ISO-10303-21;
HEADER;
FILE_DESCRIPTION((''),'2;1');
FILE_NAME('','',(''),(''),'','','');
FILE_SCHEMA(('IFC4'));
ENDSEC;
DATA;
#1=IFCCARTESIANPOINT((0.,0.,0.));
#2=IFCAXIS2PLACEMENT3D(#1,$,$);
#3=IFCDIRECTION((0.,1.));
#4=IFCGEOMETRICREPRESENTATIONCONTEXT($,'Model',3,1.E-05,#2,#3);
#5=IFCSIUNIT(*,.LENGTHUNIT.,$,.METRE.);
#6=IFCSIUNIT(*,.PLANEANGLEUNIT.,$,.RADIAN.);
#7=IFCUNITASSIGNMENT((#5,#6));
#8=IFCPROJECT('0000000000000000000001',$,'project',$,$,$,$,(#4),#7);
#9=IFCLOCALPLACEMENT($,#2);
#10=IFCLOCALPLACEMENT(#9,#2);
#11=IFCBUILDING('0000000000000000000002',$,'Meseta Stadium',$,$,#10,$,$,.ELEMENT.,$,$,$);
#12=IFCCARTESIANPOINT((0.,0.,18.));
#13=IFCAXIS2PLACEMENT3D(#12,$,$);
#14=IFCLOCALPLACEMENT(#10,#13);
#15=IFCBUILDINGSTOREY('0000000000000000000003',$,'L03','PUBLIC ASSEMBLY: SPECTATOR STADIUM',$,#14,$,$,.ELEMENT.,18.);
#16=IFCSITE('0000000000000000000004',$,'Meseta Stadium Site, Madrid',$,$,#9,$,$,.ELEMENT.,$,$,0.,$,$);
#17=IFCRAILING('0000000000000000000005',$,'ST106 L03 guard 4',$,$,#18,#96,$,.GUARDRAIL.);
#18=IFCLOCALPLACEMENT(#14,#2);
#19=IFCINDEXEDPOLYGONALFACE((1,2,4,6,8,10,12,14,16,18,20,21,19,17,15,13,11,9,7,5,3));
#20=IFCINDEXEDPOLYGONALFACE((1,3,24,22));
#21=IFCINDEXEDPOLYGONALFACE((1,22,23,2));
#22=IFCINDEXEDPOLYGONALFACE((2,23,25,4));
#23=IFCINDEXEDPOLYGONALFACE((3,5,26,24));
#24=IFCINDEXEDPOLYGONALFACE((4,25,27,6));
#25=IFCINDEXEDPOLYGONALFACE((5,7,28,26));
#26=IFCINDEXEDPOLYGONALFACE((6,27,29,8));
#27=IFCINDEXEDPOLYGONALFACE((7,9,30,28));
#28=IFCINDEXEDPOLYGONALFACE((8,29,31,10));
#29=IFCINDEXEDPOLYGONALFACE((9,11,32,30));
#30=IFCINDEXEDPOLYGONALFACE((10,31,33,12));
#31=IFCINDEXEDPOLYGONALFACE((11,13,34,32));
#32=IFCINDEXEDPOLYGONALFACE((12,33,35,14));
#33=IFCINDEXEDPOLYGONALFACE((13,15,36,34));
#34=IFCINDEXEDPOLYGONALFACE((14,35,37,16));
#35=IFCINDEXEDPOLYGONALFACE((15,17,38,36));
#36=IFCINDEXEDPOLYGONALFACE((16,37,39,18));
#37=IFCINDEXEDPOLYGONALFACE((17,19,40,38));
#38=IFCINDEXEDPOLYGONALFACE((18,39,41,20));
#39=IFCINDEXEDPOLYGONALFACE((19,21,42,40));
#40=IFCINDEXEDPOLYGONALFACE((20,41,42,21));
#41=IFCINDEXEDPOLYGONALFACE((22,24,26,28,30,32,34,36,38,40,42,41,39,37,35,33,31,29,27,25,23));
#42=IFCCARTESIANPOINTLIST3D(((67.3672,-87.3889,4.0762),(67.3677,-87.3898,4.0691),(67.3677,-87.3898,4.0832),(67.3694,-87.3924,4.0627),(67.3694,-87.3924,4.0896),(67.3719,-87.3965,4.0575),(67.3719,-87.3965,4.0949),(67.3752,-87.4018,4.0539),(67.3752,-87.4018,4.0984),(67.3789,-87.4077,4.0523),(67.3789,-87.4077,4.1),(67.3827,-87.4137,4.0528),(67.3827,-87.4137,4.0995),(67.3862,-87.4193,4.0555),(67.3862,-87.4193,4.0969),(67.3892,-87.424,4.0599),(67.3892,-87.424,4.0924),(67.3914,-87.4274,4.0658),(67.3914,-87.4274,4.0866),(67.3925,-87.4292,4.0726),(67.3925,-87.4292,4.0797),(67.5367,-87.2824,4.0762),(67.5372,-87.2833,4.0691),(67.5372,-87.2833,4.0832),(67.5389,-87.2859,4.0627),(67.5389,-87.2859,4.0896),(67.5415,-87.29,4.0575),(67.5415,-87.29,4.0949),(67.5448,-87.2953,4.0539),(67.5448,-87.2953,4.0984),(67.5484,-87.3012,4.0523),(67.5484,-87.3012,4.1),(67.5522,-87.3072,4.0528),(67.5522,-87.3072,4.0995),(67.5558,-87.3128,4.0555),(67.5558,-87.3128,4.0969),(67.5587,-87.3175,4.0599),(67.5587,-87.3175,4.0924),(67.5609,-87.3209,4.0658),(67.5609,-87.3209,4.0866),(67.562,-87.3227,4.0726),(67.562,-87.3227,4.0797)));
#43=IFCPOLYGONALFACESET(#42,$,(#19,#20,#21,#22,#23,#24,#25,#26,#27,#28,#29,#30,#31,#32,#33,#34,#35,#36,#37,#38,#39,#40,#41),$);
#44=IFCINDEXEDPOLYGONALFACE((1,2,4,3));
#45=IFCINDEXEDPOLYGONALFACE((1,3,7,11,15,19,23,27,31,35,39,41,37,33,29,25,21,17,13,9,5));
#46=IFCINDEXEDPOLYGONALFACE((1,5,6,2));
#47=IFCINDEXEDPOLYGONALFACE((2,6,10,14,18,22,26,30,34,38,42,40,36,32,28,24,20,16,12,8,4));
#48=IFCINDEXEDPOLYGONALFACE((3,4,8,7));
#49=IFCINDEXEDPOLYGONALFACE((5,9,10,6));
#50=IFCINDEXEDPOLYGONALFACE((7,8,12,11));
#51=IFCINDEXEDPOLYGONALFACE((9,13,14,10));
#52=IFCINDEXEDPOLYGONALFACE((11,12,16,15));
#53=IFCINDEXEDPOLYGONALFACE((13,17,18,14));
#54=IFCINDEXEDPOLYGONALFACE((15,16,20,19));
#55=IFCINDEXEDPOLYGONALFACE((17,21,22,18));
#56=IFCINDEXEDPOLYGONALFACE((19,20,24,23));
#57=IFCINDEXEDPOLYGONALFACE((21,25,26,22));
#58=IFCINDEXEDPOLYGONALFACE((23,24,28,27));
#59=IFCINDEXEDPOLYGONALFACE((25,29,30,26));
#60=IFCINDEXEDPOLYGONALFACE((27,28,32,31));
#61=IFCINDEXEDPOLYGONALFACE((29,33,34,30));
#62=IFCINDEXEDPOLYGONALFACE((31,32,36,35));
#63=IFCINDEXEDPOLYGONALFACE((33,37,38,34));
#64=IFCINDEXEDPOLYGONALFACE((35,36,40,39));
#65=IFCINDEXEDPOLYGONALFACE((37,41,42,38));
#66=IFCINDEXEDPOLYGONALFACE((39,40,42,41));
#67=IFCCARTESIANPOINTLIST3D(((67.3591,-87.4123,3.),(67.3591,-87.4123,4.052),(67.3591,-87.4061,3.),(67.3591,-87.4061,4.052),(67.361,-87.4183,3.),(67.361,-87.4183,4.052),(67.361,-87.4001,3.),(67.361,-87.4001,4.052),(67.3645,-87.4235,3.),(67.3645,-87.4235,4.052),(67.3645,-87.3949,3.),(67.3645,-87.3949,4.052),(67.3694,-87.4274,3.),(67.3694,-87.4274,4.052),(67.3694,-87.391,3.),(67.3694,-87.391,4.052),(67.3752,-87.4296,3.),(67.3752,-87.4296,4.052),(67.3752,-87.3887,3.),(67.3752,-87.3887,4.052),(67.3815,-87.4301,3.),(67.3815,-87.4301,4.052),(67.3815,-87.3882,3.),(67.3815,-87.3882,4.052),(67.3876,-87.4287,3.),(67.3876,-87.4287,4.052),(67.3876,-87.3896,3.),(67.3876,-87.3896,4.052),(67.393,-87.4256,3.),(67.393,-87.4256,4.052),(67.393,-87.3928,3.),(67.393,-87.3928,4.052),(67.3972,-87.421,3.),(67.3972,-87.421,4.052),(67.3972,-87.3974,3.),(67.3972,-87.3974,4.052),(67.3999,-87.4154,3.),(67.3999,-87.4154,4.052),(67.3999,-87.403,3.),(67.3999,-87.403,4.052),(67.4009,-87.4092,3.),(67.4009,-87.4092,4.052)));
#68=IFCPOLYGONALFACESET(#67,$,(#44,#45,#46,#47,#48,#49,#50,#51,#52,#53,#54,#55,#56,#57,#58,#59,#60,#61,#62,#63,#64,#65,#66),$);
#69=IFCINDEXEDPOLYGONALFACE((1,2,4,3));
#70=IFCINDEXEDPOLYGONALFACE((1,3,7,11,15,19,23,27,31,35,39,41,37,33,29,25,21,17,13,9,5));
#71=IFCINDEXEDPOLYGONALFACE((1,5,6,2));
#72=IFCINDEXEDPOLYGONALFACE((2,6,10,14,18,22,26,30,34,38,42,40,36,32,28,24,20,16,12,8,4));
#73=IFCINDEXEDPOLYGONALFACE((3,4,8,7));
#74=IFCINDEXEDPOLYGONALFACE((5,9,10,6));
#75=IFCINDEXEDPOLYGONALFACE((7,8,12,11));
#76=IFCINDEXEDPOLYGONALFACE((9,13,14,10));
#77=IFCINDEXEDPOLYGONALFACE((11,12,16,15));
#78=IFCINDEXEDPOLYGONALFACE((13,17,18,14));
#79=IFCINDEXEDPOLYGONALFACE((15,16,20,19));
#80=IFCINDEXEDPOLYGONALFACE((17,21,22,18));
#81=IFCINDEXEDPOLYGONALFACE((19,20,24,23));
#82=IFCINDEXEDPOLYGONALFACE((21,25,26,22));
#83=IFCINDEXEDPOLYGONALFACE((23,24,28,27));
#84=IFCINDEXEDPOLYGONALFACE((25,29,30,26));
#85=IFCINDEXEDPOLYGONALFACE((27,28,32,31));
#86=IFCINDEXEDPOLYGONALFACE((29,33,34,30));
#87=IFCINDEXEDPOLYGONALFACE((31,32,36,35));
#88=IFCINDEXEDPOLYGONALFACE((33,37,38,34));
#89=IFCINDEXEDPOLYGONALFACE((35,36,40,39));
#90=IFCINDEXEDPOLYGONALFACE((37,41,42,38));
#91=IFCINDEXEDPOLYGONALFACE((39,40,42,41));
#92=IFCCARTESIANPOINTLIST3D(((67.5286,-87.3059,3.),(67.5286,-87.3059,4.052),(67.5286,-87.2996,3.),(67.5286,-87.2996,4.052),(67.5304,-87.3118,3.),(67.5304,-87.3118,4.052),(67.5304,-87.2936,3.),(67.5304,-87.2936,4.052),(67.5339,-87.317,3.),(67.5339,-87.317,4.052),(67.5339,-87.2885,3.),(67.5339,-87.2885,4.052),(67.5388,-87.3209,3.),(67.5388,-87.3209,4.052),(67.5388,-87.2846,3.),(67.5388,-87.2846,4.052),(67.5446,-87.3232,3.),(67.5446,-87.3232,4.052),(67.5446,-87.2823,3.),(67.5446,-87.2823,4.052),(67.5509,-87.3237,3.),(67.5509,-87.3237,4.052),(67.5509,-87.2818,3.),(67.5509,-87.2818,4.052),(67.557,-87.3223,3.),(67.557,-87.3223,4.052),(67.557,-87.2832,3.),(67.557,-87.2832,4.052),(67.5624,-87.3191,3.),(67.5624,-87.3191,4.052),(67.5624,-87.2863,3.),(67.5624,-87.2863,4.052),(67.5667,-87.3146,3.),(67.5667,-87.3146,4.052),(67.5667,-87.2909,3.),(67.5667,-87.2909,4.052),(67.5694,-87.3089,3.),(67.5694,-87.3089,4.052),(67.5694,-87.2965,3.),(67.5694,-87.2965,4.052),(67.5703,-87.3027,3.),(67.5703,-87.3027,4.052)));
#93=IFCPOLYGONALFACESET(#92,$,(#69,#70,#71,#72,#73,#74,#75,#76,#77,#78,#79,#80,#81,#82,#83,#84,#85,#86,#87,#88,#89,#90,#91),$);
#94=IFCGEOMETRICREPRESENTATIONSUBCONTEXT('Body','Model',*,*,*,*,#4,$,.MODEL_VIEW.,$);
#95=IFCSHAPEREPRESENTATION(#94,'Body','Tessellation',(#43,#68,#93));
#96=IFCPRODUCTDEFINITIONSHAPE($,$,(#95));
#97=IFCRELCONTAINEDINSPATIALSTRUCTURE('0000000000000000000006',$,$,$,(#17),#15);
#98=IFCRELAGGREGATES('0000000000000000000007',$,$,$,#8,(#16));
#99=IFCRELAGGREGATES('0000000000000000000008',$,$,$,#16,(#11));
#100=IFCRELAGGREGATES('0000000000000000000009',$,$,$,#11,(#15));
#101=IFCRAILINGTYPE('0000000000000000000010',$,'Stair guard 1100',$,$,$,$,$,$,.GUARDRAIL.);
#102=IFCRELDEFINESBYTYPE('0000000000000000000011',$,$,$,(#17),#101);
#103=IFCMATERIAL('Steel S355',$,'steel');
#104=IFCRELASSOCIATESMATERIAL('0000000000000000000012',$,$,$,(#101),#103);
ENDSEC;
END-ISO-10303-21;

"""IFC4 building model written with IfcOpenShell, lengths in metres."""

from ifc_helpers import new_model, si_unit, direction, frame, origin, origin_2d, place, context, subcontext, project, spatial, circle, extrude, material, type_object, element, save


model = new_model("IFC4")

# Units and contexts
model_context = context("Model", 3, precision=1e-05, world=origin(), true_north=direction((0.0, 1.0)))
body_context = subcontext(model_context, "Body", "Model", "MODEL_VIEW")
ifc_project = project(units=[si_unit("LENGTHUNIT", "METRE"), si_unit("PLANEANGLEUNIT", "RADIAN")], contexts=[model_context])

# Site, building, storey
site_placement = place(None, origin())
site = spatial("IfcSite", under=ifc_project, at=site_placement, Name="Meseta Stadium Site, Madrid", CompositionType="ELEMENT", RefElevation=0.0)
building_placement = place(site_placement, origin())
building = spatial("IfcBuilding", under=site, at=building_placement, Name="Meseta Stadium", CompositionType="ELEMENT")
storey_placement = place(building_placement, frame((0.0, 0.0, 18.0)))
storey = spatial("IfcBuildingStorey", under=building, at=storey_placement, Name="L03", Description="PUBLIC ASSEMBLY: SPECTATOR STADIUM", CompositionType="ELEMENT", Elevation=18.0)

# Railing
ifc_material_1 = material(Name="Steel S355", Category="steel")
railing_type_1 = type_object("IfcRailingType", Name="Stair guard 1100", PredefinedType="GUARDRAIL", material=ifc_material_1)
railing_1_placement = place(storey_placement, frame((67.3799, -87.4092, 3.0)))
element("IfcRailing", 1, at=railing_1_placement, inside=storey, type_object=railing_type_1, Name="ST106 L03 guard 4", PredefinedType="GUARDRAIL", context=body_context, shape_type="SweptSolid", body=[
    extrude(circle(Radius=0.0239, at=origin_2d()), frame((0.0, 0.0, 1.0762), z_axis=(0.846762, 0.531972, 0.0), x_axis=(-0.531972, 0.846762, 0.0)), (0.0, 0.0, 1.0), 0.2002),
    extrude(circle(Radius=0.021, at=origin_2d()), origin(), (0.0, 0.0, 1.0), 1.052),
    extrude(circle(Radius=0.021, at=origin_2d()), frame((0.1694, 0.1064, 0.0)), (0.0, 0.0, 1.0), 1.052),
])

save(model, "model.ifc")
